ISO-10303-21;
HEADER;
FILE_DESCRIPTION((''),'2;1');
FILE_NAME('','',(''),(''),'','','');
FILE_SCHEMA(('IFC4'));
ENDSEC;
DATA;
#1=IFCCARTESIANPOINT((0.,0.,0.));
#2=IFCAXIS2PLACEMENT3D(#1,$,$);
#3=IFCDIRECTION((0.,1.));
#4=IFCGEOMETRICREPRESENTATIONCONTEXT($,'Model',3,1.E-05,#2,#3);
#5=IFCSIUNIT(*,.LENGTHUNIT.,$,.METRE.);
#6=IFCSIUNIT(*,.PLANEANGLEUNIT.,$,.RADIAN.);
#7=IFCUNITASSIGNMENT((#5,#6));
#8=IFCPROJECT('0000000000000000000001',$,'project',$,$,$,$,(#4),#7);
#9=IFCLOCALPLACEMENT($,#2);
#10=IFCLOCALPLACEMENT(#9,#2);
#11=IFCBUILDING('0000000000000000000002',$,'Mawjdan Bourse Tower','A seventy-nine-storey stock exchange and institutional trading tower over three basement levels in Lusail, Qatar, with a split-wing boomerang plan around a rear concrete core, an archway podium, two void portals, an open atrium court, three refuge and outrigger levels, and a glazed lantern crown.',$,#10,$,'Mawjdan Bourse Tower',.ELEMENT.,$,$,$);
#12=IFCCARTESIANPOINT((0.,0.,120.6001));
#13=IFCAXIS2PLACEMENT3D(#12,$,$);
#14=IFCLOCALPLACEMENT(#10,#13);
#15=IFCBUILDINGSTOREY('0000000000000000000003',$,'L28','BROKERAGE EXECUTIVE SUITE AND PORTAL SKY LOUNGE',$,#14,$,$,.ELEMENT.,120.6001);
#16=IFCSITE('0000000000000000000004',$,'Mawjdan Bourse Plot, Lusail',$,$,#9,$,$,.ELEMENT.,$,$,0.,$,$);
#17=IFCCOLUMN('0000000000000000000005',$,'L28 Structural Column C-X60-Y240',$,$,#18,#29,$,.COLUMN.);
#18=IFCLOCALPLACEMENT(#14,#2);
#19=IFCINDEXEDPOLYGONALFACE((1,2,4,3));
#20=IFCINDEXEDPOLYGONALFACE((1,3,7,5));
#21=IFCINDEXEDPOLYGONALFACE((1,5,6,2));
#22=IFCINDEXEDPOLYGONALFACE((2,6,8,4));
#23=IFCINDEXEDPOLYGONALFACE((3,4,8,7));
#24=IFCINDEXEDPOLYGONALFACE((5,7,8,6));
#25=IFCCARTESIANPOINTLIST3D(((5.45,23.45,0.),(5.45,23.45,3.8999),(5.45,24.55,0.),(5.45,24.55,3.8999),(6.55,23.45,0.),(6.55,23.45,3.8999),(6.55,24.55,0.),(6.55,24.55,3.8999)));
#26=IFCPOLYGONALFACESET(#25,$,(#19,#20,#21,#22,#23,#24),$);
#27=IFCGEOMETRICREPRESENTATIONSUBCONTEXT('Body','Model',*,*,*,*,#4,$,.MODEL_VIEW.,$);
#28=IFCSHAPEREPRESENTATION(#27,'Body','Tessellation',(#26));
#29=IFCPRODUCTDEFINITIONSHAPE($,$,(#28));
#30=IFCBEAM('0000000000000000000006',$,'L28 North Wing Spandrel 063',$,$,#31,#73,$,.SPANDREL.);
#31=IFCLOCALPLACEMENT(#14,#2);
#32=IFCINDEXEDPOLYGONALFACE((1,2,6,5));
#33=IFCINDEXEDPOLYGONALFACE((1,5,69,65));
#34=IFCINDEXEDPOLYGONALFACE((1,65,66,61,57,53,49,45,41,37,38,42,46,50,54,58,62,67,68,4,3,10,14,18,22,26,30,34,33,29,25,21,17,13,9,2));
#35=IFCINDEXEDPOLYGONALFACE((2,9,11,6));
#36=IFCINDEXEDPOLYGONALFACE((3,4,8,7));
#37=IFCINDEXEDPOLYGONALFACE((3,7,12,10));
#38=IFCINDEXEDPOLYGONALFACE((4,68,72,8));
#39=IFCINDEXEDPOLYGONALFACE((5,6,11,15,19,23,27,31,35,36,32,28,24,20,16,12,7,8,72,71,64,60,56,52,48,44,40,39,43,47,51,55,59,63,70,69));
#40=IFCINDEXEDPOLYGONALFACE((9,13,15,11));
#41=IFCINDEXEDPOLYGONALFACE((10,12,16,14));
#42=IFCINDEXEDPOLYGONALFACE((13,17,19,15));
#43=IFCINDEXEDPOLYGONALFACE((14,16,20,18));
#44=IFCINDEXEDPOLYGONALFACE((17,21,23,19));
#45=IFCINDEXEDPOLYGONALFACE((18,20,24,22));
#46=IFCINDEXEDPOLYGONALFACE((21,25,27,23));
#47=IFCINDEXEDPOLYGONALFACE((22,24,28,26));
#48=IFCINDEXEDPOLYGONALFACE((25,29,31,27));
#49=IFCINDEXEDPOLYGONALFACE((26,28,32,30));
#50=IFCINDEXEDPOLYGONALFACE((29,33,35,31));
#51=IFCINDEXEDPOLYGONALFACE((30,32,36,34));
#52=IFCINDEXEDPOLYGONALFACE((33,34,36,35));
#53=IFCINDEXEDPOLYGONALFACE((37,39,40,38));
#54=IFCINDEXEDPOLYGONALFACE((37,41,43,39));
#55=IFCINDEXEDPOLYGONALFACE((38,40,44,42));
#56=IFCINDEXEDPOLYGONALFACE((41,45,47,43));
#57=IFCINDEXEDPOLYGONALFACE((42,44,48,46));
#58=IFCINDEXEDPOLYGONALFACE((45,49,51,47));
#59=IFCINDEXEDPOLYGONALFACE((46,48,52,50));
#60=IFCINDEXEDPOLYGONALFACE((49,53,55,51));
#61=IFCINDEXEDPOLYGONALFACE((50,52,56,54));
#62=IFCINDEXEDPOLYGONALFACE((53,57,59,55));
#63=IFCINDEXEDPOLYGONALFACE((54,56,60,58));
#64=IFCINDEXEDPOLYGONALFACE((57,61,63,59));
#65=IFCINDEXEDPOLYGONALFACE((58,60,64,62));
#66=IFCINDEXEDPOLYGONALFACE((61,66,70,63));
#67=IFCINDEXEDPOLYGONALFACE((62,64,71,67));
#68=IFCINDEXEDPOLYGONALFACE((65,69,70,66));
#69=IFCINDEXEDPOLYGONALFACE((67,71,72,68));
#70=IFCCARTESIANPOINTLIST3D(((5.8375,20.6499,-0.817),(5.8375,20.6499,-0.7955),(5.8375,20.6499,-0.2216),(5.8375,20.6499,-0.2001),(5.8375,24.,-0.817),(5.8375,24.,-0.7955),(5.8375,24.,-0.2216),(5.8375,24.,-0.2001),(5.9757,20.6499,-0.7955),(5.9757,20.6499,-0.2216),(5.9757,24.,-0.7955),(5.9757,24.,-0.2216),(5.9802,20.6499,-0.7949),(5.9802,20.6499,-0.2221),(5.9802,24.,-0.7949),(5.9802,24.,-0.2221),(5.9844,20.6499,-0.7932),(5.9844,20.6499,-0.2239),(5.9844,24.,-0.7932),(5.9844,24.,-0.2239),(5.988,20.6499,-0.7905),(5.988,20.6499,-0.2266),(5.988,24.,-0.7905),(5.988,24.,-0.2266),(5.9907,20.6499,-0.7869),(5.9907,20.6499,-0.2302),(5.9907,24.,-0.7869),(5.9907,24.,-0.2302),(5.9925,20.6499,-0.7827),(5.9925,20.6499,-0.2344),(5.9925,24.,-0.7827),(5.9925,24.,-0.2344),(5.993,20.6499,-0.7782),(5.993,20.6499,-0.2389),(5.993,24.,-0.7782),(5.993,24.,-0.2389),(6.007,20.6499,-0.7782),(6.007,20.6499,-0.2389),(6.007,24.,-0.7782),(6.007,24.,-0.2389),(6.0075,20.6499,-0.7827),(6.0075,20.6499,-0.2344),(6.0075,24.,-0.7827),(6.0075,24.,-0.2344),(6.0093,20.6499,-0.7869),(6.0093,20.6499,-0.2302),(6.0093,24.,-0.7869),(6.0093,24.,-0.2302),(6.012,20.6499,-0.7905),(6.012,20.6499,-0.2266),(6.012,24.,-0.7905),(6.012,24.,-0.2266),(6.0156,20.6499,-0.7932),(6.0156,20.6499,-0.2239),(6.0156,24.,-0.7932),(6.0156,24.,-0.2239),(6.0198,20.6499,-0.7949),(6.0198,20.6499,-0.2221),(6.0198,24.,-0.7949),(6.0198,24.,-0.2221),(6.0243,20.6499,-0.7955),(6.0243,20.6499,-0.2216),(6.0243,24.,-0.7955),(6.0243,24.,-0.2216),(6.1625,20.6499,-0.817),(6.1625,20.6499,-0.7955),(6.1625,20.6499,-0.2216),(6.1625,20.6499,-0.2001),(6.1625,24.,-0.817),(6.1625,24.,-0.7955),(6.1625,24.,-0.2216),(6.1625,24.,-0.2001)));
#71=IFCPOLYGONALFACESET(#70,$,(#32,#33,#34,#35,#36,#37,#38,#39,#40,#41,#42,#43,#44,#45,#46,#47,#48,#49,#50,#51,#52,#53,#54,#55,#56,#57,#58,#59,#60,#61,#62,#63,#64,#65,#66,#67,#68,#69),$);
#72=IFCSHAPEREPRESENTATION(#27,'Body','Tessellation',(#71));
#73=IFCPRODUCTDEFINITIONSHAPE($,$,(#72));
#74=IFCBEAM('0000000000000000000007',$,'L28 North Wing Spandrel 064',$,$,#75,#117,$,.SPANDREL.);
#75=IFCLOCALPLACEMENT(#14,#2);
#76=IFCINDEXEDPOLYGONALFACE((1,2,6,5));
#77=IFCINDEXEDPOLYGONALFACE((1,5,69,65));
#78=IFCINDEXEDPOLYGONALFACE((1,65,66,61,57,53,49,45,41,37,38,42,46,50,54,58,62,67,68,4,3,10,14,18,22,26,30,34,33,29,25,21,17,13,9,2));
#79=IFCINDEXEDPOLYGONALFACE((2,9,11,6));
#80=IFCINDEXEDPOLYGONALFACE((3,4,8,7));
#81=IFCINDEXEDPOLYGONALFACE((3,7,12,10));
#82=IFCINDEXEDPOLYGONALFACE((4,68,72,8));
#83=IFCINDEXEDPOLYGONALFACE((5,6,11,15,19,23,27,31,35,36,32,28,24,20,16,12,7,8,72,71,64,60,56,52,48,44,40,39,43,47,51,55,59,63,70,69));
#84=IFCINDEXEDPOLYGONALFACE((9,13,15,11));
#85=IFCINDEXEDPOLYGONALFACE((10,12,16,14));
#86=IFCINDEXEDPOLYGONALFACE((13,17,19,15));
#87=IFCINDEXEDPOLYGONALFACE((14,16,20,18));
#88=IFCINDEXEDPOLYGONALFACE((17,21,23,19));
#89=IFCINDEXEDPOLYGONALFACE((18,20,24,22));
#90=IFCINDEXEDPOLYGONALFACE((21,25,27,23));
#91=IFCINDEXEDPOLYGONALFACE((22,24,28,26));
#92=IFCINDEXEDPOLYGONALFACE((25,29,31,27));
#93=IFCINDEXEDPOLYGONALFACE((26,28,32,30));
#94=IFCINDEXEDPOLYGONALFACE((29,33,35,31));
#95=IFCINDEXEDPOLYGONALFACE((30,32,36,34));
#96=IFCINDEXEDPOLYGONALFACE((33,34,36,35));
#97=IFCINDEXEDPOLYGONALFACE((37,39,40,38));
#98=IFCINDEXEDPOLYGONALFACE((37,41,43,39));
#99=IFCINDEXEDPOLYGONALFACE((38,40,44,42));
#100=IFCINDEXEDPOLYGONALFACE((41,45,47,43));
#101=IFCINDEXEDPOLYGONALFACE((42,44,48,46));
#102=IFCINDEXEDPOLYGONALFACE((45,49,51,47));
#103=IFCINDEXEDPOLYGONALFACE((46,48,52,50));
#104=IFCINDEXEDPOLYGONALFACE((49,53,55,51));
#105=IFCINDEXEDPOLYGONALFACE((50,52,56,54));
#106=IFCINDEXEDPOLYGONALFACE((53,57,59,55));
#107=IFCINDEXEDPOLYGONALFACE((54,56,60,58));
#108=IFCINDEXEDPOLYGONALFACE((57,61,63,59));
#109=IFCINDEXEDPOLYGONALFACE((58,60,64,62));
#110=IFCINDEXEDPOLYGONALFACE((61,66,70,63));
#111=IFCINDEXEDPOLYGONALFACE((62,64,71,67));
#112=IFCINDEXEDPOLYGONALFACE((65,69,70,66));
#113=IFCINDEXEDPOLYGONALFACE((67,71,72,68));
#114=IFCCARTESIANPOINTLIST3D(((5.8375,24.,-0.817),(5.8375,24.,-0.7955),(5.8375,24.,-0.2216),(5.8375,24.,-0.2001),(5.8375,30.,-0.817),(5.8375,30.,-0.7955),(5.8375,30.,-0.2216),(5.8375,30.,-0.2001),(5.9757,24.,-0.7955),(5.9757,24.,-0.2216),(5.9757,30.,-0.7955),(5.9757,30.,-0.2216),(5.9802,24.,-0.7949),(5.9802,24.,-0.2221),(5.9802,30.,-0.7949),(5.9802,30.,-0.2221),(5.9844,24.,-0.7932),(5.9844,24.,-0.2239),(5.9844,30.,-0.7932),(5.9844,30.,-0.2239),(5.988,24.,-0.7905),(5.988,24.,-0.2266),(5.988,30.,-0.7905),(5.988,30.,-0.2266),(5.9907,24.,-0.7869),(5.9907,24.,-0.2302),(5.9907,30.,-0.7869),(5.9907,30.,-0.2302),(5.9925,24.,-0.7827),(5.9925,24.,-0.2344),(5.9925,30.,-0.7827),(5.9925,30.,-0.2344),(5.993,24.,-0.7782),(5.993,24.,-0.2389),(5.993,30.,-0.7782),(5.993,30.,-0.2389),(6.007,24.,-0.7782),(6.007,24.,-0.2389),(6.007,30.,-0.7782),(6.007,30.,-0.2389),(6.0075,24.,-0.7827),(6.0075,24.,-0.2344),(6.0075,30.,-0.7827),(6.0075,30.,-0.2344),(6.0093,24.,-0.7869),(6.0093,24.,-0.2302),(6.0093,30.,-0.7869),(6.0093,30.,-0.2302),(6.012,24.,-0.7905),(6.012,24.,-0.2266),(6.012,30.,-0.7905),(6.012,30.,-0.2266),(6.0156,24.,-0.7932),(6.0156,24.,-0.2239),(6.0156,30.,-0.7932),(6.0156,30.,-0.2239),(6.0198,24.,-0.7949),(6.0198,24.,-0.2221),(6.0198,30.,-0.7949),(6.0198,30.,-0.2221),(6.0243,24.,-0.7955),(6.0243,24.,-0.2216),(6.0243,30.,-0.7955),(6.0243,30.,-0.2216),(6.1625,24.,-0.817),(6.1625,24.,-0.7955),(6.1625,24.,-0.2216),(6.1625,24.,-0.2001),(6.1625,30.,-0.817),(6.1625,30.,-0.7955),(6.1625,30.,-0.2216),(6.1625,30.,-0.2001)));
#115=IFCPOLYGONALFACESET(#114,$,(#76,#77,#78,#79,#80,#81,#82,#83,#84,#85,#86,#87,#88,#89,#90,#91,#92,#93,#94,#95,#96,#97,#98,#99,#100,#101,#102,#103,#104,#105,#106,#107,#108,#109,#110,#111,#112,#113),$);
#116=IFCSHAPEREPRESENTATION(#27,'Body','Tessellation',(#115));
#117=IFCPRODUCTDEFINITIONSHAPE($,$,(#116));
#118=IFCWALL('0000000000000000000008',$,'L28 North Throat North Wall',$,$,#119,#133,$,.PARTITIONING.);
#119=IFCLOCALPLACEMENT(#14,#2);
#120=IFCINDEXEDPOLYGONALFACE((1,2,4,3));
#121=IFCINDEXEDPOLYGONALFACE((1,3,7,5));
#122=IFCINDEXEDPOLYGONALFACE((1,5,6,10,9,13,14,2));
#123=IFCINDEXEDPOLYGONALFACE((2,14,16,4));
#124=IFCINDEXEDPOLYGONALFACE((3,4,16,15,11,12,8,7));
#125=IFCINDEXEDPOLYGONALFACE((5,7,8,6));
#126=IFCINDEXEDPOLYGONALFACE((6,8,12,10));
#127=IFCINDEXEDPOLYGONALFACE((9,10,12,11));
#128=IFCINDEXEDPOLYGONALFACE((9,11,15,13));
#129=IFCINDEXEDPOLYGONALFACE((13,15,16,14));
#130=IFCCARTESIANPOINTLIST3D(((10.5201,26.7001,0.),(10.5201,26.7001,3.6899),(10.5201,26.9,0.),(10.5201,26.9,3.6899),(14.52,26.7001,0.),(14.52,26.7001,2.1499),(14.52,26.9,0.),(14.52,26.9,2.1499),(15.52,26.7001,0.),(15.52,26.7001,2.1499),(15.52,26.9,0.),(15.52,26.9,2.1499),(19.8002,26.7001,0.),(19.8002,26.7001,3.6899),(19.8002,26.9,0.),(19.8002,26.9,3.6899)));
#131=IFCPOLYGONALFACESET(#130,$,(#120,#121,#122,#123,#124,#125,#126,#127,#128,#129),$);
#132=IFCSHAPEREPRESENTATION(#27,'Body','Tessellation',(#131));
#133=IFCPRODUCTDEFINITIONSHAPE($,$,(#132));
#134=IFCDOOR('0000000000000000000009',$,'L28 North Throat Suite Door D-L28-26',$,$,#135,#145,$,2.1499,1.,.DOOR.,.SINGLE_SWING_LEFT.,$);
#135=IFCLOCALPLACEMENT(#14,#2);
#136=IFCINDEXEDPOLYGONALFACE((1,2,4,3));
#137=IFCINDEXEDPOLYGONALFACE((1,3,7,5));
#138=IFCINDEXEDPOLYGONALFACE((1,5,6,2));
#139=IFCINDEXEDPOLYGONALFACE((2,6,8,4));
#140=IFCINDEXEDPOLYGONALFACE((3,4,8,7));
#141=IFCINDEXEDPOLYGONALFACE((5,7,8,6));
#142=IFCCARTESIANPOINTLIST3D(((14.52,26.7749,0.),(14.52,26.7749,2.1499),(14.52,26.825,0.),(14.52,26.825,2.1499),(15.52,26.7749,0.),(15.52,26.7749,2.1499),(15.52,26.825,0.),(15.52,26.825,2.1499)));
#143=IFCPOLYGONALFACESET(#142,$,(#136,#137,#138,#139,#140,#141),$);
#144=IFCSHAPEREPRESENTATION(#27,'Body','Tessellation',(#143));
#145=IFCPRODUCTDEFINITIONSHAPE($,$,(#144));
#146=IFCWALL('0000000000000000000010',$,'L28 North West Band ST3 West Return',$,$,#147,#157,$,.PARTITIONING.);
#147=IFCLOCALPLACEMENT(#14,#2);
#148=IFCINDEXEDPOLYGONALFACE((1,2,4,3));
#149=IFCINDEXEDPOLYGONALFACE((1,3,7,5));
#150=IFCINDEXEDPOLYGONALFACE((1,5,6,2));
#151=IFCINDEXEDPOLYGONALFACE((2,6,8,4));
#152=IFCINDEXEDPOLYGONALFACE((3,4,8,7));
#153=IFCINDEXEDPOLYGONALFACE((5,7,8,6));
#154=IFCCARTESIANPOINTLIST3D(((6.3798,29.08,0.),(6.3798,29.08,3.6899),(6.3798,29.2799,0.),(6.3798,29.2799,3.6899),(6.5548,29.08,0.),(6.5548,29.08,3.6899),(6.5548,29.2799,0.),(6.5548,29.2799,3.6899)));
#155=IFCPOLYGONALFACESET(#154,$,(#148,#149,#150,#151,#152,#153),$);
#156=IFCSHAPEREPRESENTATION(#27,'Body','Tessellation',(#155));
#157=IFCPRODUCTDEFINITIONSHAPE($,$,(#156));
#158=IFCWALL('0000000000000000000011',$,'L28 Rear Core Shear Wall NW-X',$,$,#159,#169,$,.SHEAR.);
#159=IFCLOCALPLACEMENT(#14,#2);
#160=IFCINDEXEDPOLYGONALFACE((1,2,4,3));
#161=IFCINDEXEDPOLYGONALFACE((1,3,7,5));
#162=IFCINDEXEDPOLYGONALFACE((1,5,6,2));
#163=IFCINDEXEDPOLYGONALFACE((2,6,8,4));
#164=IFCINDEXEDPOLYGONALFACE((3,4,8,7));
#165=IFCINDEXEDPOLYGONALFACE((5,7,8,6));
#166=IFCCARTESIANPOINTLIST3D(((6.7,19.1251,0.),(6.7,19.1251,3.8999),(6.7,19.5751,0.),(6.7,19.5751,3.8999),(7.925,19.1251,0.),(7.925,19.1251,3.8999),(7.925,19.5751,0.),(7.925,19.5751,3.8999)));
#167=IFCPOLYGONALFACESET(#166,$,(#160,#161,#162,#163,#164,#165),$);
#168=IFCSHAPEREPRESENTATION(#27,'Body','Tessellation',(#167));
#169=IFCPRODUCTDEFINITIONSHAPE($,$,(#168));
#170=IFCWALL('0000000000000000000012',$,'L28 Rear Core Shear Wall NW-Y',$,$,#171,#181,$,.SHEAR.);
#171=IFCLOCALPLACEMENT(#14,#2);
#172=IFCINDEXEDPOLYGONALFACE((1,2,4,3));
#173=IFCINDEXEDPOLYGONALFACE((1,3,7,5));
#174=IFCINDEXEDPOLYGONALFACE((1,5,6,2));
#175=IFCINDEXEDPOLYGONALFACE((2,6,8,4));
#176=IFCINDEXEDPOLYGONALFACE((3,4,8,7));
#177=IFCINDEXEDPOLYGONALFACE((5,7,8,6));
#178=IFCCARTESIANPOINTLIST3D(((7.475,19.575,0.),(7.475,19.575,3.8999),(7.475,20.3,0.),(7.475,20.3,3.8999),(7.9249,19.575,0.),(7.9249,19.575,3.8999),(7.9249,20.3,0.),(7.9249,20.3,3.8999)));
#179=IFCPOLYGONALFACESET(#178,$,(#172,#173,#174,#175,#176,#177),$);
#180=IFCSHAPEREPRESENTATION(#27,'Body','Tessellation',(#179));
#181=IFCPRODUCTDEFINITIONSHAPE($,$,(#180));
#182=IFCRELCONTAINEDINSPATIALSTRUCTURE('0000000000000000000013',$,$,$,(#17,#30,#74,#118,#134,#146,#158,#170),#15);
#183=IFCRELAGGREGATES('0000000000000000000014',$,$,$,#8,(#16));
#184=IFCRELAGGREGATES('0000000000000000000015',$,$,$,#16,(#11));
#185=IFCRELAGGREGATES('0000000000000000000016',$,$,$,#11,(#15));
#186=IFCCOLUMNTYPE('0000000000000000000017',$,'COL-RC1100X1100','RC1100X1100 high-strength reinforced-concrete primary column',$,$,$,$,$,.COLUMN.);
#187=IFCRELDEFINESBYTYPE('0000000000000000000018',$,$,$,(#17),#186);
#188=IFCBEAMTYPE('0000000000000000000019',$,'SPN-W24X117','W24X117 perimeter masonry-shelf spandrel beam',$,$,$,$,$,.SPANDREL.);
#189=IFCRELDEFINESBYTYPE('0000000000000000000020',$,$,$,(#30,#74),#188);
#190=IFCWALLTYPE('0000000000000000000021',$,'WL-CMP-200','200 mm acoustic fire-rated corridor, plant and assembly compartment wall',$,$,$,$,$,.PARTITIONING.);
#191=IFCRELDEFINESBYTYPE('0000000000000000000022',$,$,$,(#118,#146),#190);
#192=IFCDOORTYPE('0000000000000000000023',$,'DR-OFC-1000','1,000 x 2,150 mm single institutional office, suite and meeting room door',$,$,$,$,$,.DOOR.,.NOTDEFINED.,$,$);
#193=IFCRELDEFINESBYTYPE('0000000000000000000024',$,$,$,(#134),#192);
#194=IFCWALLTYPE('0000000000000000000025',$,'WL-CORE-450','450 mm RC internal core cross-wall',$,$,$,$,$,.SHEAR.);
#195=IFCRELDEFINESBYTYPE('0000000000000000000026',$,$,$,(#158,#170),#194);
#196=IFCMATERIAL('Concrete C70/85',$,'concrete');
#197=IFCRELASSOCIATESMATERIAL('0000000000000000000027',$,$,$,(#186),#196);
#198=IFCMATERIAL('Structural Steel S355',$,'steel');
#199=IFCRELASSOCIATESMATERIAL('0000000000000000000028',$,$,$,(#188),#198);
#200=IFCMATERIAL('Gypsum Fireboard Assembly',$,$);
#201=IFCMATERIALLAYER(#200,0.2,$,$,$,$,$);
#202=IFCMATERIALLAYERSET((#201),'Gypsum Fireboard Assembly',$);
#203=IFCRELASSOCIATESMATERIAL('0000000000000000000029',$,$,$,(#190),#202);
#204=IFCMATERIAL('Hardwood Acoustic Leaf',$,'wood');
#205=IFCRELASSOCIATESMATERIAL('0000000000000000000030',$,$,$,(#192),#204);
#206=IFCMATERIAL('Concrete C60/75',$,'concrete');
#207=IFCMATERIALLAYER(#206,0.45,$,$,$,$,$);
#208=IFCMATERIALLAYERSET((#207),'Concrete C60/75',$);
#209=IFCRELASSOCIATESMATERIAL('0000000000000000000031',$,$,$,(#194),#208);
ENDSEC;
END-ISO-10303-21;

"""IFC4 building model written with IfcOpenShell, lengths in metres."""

from ifc_helpers import new_model, si_unit, direction, frame, frame_2d, origin, origin_2d, place, context, subcontext, project, spatial, rectangle, i_section, extrude, material, layer, layer_set, material_profile, profile_set, type_object, element, fill, save


model = new_model("IFC4")

# Units and contexts
model_context = context("Model", 3, precision=1e-05, world=origin(), true_north=direction((0.0, 1.0)))
body_context = subcontext(model_context, "Body", "Model", "MODEL_VIEW")
ifc_project = project(units=[si_unit("LENGTHUNIT", "METRE"), si_unit("PLANEANGLEUNIT", "RADIAN")], contexts=[model_context])

# Site, building, storey
site_placement = place(None, origin())
site = spatial("IfcSite", under=ifc_project, at=site_placement, Name="Mawjdan Bourse Plot, Lusail", CompositionType="ELEMENT", RefElevation=0.0)
building_placement = place(site_placement, origin())
building = spatial("IfcBuilding", under=site, at=building_placement, Name="Mawjdan Bourse Tower", Description="A seventy-nine-storey stock exchange and institutional trading tower over three basement levels in Lusail, Qatar, with a split-wing boomerang plan around a rear concrete core, an archway podium, two void portals, an open atrium court, three refuge and outrigger levels, and a glazed lantern crown.", LongName="Mawjdan Bourse Tower", CompositionType="ELEMENT")
storey_placement = place(building_placement, frame((0.0, 0.0, 120.6001)))
storey = spatial("IfcBuildingStorey", under=building, at=storey_placement, Name="L28", Description="BROKERAGE EXECUTIVE SUITE AND PORTAL SKY LOUNGE", CompositionType="ELEMENT", Elevation=120.6001)

# Column
ifc_material_1 = material(Name="Concrete C70/85", Category="concrete")
ifc_material_profile_1 = material_profile(ifc_material_1, rectangle(XDim=1.1001, YDim=1.1001, at=origin_2d()), Name="RC1100X1100")
ifc_profile_set_1 = profile_set([ifc_material_profile_1], Name="Concrete C70/85")
column_type = type_object("IfcColumnType", Name="COL-RC1100X1100", Description="RC1100X1100 high-strength reinforced-concrete primary column", PredefinedType="COLUMN", material=ifc_profile_set_1)
column_placement = place(storey_placement, frame((6.0, 24.0, 0.0), z_axis=(0.0, 0.0, 1.0), x_axis=(1.0, 0.0, 0.0)))
element("IfcColumn", 1, at=column_placement, inside=storey, type_object=column_type, Name="L28 Structural Column C-X60-Y240", PredefinedType="COLUMN", context=body_context, shape_type="SweptSolid", body=[
    extrude(rectangle(XDim=1.1001, YDim=1.1001, at=origin_2d()), origin(), (0.0, 0.0, 1.0), 3.8999),
])

# Beams
ifc_material_2 = material(Name="Structural Steel S355", Category="steel")
ifc_material_profile_2 = material_profile(ifc_material_2, i_section(OverallWidth=0.325, OverallDepth=0.6169, WebThickness=0.0139, FlangeThickness=0.0215, FilletRadius=0.0173, at=origin_2d()), Name="W24X117")
ifc_profile_set_2 = profile_set([ifc_material_profile_2], Name="Structural Steel S355")
beam_type = type_object("IfcBeamType", Name="SPN-W24X117", Description="W24X117 perimeter masonry-shelf spandrel beam", PredefinedType="SPANDREL", material=ifc_profile_set_2)
beam_1_placement = place(storey_placement, frame((6.0, 20.6499, -0.5085), z_axis=(0.0, 1.0, 0.0), x_axis=(-1.0, 0.0, 0.0)))
element("IfcBeam", 2, at=beam_1_placement, inside=storey, type_object=beam_type, Name="L28 North Wing Spandrel 063", PredefinedType="SPANDREL", context=body_context, shape_type="SweptSolid", body=[
    extrude(i_section(OverallWidth=0.325, OverallDepth=0.6169, WebThickness=0.0139, FlangeThickness=0.0215, FilletRadius=0.0173, at=origin_2d()), origin(), (0.0, 0.0, 1.0), 3.3501),
])
beam_2_placement = place(storey_placement, frame((6.0, 24.0, -0.5085), z_axis=(0.0, 1.0, 0.0), x_axis=(-1.0, 0.0, 0.0)))
element("IfcBeam", 3, at=beam_2_placement, inside=storey, type_object=beam_type, Name="L28 North Wing Spandrel 064", PredefinedType="SPANDREL", context=body_context, shape_type="SweptSolid", body=[
    extrude(i_section(OverallWidth=0.325, OverallDepth=0.6169, WebThickness=0.0139, FlangeThickness=0.0215, FilletRadius=0.0173, at=origin_2d()), origin(), (0.0, 0.0, 1.0), 6.0),
])

# Wall, opening, door
ifc_material_3 = material(Name="Gypsum Fireboard Assembly")
ifc_layer_1 = layer(ifc_material_3, 0.2)
ifc_layer_set_1 = layer_set([ifc_layer_1], Name="Gypsum Fireboard Assembly")
wall_type_1 = type_object("IfcWallType", Name="WL-CMP-200", Description="200 mm acoustic fire-rated corridor, plant and assembly compartment wall", PredefinedType="PARTITIONING", material=ifc_layer_set_1)
wall_1_placement = place(storey_placement, frame((10.52, 26.8, 0.0), z_axis=(0.0, 0.0, 1.0), x_axis=(1.0, 0.0, 0.0)))
wall_1 = element("IfcWall", 4, at=wall_1_placement, inside=storey, type_object=wall_type_1, Name="L28 North Throat North Wall", PredefinedType="PARTITIONING", context=body_context, shape_type="SweptSolid", body=[
    extrude(rectangle(XDim=9.28, YDim=0.2, at=frame_2d((4.6401, 0.0))), origin(), (0.0, 0.0, 1.0), 3.6899),
])
opening_1_placement = place(wall_1_placement, frame((4.0, 0.0, 0.0)))
opening_1 = element("IfcOpeningElement", 5, at=opening_1_placement, cuts=wall_1, PredefinedType="OPENING", context=body_context, shape_type="SweptSolid", body=[
    extrude(rectangle(XDim=1.0, YDim=2.1499, at=frame_2d((0.5, 1.075))), frame((0.0, 0.1099, 0.0), z_axis=(0.0, -1.0, 0.0), x_axis=(1.0, 0.0, 0.0)), (0.0, 0.0, 1.0), 0.22),
])
ifc_material_4 = material(Name="Hardwood Acoustic Leaf", Category="wood")
door_type_1 = type_object("IfcDoorType", Name="DR-OFC-1000", Description="1,000 x 2,150 mm single institutional office, suite and meeting room door", OperationType="NOTDEFINED", PredefinedType="DOOR", material=ifc_material_4)
door_1_placement = place(opening_1_placement, origin())
door_1 = element("IfcDoor", 6, at=door_1_placement, inside=storey, type_object=door_type_1, Name="L28 North Throat Suite Door D-L28-26", OperationType="SINGLE_SWING_LEFT", OverallHeight=2.1499, OverallWidth=1.0, PredefinedType="DOOR", context=body_context, shape_type="SweptSolid", body=[
    extrude(rectangle(XDim=1.0, YDim=2.1499, at=frame_2d((0.5, 1.075))), frame((0.0, 0.0249, 0.0), z_axis=(0.0, -1.0, 0.0), x_axis=(1.0, 0.0, 0.0)), (0.0, 0.0, 1.0), 0.05),
])
fill(opening_1, door_1)

# Walls
wall_2_placement = place(storey_placement, frame((6.3799, 29.1799, 0.0), z_axis=(0.0, 0.0, 1.0), x_axis=(1.0, 0.0, 0.0)))
element("IfcWall", 7, at=wall_2_placement, inside=storey, type_object=wall_type_1, Name="L28 North West Band ST3 West Return", PredefinedType="PARTITIONING", context=body_context, shape_type="SweptSolid", body=[
    extrude(rectangle(XDim=0.175, YDim=0.2, at=frame_2d((0.0874, 0.0))), origin(), (0.0, 0.0, 1.0), 3.6899),
])
ifc_material_5 = material(Name="Concrete C60/75", Category="concrete")
ifc_layer_2 = layer(ifc_material_5, 0.45)
ifc_layer_set_2 = layer_set([ifc_layer_2], Name="Concrete C60/75")
wall_type_2 = type_object("IfcWallType", Name="WL-CORE-450", Description="450 mm RC internal core cross-wall", PredefinedType="SHEAR", material=ifc_layer_set_2)
wall_3_placement = place(storey_placement, frame((6.7, 19.3501, 0.0), z_axis=(0.0, 0.0, 1.0), x_axis=(1.0, 0.0, 0.0)))
element("IfcWall", 8, at=wall_3_placement, inside=storey, type_object=wall_type_2, Name="L28 Rear Core Shear Wall NW-X", PredefinedType="SHEAR", context=body_context, shape_type="SweptSolid", body=[
    extrude(rectangle(XDim=1.2251, YDim=0.45, at=frame_2d((0.6125, 0.0))), origin(), (0.0, 0.0, 1.0), 3.8999),
])
wall_4_placement = place(storey_placement, frame((7.7, 19.575, 0.0), z_axis=(0.0, 0.0, 1.0), x_axis=(0.0, 1.0, 0.0)))
element("IfcWall", 9, at=wall_4_placement, inside=storey, type_object=wall_type_2, Name="L28 Rear Core Shear Wall NW-Y", PredefinedType="SHEAR", context=body_context, shape_type="SweptSolid", body=[
    extrude(rectangle(XDim=0.7251, YDim=0.45, at=frame_2d((0.3625, 0.0))), origin(), (0.0, 0.0, 1.0), 3.8999),
])

save(model, "model.ifc")
